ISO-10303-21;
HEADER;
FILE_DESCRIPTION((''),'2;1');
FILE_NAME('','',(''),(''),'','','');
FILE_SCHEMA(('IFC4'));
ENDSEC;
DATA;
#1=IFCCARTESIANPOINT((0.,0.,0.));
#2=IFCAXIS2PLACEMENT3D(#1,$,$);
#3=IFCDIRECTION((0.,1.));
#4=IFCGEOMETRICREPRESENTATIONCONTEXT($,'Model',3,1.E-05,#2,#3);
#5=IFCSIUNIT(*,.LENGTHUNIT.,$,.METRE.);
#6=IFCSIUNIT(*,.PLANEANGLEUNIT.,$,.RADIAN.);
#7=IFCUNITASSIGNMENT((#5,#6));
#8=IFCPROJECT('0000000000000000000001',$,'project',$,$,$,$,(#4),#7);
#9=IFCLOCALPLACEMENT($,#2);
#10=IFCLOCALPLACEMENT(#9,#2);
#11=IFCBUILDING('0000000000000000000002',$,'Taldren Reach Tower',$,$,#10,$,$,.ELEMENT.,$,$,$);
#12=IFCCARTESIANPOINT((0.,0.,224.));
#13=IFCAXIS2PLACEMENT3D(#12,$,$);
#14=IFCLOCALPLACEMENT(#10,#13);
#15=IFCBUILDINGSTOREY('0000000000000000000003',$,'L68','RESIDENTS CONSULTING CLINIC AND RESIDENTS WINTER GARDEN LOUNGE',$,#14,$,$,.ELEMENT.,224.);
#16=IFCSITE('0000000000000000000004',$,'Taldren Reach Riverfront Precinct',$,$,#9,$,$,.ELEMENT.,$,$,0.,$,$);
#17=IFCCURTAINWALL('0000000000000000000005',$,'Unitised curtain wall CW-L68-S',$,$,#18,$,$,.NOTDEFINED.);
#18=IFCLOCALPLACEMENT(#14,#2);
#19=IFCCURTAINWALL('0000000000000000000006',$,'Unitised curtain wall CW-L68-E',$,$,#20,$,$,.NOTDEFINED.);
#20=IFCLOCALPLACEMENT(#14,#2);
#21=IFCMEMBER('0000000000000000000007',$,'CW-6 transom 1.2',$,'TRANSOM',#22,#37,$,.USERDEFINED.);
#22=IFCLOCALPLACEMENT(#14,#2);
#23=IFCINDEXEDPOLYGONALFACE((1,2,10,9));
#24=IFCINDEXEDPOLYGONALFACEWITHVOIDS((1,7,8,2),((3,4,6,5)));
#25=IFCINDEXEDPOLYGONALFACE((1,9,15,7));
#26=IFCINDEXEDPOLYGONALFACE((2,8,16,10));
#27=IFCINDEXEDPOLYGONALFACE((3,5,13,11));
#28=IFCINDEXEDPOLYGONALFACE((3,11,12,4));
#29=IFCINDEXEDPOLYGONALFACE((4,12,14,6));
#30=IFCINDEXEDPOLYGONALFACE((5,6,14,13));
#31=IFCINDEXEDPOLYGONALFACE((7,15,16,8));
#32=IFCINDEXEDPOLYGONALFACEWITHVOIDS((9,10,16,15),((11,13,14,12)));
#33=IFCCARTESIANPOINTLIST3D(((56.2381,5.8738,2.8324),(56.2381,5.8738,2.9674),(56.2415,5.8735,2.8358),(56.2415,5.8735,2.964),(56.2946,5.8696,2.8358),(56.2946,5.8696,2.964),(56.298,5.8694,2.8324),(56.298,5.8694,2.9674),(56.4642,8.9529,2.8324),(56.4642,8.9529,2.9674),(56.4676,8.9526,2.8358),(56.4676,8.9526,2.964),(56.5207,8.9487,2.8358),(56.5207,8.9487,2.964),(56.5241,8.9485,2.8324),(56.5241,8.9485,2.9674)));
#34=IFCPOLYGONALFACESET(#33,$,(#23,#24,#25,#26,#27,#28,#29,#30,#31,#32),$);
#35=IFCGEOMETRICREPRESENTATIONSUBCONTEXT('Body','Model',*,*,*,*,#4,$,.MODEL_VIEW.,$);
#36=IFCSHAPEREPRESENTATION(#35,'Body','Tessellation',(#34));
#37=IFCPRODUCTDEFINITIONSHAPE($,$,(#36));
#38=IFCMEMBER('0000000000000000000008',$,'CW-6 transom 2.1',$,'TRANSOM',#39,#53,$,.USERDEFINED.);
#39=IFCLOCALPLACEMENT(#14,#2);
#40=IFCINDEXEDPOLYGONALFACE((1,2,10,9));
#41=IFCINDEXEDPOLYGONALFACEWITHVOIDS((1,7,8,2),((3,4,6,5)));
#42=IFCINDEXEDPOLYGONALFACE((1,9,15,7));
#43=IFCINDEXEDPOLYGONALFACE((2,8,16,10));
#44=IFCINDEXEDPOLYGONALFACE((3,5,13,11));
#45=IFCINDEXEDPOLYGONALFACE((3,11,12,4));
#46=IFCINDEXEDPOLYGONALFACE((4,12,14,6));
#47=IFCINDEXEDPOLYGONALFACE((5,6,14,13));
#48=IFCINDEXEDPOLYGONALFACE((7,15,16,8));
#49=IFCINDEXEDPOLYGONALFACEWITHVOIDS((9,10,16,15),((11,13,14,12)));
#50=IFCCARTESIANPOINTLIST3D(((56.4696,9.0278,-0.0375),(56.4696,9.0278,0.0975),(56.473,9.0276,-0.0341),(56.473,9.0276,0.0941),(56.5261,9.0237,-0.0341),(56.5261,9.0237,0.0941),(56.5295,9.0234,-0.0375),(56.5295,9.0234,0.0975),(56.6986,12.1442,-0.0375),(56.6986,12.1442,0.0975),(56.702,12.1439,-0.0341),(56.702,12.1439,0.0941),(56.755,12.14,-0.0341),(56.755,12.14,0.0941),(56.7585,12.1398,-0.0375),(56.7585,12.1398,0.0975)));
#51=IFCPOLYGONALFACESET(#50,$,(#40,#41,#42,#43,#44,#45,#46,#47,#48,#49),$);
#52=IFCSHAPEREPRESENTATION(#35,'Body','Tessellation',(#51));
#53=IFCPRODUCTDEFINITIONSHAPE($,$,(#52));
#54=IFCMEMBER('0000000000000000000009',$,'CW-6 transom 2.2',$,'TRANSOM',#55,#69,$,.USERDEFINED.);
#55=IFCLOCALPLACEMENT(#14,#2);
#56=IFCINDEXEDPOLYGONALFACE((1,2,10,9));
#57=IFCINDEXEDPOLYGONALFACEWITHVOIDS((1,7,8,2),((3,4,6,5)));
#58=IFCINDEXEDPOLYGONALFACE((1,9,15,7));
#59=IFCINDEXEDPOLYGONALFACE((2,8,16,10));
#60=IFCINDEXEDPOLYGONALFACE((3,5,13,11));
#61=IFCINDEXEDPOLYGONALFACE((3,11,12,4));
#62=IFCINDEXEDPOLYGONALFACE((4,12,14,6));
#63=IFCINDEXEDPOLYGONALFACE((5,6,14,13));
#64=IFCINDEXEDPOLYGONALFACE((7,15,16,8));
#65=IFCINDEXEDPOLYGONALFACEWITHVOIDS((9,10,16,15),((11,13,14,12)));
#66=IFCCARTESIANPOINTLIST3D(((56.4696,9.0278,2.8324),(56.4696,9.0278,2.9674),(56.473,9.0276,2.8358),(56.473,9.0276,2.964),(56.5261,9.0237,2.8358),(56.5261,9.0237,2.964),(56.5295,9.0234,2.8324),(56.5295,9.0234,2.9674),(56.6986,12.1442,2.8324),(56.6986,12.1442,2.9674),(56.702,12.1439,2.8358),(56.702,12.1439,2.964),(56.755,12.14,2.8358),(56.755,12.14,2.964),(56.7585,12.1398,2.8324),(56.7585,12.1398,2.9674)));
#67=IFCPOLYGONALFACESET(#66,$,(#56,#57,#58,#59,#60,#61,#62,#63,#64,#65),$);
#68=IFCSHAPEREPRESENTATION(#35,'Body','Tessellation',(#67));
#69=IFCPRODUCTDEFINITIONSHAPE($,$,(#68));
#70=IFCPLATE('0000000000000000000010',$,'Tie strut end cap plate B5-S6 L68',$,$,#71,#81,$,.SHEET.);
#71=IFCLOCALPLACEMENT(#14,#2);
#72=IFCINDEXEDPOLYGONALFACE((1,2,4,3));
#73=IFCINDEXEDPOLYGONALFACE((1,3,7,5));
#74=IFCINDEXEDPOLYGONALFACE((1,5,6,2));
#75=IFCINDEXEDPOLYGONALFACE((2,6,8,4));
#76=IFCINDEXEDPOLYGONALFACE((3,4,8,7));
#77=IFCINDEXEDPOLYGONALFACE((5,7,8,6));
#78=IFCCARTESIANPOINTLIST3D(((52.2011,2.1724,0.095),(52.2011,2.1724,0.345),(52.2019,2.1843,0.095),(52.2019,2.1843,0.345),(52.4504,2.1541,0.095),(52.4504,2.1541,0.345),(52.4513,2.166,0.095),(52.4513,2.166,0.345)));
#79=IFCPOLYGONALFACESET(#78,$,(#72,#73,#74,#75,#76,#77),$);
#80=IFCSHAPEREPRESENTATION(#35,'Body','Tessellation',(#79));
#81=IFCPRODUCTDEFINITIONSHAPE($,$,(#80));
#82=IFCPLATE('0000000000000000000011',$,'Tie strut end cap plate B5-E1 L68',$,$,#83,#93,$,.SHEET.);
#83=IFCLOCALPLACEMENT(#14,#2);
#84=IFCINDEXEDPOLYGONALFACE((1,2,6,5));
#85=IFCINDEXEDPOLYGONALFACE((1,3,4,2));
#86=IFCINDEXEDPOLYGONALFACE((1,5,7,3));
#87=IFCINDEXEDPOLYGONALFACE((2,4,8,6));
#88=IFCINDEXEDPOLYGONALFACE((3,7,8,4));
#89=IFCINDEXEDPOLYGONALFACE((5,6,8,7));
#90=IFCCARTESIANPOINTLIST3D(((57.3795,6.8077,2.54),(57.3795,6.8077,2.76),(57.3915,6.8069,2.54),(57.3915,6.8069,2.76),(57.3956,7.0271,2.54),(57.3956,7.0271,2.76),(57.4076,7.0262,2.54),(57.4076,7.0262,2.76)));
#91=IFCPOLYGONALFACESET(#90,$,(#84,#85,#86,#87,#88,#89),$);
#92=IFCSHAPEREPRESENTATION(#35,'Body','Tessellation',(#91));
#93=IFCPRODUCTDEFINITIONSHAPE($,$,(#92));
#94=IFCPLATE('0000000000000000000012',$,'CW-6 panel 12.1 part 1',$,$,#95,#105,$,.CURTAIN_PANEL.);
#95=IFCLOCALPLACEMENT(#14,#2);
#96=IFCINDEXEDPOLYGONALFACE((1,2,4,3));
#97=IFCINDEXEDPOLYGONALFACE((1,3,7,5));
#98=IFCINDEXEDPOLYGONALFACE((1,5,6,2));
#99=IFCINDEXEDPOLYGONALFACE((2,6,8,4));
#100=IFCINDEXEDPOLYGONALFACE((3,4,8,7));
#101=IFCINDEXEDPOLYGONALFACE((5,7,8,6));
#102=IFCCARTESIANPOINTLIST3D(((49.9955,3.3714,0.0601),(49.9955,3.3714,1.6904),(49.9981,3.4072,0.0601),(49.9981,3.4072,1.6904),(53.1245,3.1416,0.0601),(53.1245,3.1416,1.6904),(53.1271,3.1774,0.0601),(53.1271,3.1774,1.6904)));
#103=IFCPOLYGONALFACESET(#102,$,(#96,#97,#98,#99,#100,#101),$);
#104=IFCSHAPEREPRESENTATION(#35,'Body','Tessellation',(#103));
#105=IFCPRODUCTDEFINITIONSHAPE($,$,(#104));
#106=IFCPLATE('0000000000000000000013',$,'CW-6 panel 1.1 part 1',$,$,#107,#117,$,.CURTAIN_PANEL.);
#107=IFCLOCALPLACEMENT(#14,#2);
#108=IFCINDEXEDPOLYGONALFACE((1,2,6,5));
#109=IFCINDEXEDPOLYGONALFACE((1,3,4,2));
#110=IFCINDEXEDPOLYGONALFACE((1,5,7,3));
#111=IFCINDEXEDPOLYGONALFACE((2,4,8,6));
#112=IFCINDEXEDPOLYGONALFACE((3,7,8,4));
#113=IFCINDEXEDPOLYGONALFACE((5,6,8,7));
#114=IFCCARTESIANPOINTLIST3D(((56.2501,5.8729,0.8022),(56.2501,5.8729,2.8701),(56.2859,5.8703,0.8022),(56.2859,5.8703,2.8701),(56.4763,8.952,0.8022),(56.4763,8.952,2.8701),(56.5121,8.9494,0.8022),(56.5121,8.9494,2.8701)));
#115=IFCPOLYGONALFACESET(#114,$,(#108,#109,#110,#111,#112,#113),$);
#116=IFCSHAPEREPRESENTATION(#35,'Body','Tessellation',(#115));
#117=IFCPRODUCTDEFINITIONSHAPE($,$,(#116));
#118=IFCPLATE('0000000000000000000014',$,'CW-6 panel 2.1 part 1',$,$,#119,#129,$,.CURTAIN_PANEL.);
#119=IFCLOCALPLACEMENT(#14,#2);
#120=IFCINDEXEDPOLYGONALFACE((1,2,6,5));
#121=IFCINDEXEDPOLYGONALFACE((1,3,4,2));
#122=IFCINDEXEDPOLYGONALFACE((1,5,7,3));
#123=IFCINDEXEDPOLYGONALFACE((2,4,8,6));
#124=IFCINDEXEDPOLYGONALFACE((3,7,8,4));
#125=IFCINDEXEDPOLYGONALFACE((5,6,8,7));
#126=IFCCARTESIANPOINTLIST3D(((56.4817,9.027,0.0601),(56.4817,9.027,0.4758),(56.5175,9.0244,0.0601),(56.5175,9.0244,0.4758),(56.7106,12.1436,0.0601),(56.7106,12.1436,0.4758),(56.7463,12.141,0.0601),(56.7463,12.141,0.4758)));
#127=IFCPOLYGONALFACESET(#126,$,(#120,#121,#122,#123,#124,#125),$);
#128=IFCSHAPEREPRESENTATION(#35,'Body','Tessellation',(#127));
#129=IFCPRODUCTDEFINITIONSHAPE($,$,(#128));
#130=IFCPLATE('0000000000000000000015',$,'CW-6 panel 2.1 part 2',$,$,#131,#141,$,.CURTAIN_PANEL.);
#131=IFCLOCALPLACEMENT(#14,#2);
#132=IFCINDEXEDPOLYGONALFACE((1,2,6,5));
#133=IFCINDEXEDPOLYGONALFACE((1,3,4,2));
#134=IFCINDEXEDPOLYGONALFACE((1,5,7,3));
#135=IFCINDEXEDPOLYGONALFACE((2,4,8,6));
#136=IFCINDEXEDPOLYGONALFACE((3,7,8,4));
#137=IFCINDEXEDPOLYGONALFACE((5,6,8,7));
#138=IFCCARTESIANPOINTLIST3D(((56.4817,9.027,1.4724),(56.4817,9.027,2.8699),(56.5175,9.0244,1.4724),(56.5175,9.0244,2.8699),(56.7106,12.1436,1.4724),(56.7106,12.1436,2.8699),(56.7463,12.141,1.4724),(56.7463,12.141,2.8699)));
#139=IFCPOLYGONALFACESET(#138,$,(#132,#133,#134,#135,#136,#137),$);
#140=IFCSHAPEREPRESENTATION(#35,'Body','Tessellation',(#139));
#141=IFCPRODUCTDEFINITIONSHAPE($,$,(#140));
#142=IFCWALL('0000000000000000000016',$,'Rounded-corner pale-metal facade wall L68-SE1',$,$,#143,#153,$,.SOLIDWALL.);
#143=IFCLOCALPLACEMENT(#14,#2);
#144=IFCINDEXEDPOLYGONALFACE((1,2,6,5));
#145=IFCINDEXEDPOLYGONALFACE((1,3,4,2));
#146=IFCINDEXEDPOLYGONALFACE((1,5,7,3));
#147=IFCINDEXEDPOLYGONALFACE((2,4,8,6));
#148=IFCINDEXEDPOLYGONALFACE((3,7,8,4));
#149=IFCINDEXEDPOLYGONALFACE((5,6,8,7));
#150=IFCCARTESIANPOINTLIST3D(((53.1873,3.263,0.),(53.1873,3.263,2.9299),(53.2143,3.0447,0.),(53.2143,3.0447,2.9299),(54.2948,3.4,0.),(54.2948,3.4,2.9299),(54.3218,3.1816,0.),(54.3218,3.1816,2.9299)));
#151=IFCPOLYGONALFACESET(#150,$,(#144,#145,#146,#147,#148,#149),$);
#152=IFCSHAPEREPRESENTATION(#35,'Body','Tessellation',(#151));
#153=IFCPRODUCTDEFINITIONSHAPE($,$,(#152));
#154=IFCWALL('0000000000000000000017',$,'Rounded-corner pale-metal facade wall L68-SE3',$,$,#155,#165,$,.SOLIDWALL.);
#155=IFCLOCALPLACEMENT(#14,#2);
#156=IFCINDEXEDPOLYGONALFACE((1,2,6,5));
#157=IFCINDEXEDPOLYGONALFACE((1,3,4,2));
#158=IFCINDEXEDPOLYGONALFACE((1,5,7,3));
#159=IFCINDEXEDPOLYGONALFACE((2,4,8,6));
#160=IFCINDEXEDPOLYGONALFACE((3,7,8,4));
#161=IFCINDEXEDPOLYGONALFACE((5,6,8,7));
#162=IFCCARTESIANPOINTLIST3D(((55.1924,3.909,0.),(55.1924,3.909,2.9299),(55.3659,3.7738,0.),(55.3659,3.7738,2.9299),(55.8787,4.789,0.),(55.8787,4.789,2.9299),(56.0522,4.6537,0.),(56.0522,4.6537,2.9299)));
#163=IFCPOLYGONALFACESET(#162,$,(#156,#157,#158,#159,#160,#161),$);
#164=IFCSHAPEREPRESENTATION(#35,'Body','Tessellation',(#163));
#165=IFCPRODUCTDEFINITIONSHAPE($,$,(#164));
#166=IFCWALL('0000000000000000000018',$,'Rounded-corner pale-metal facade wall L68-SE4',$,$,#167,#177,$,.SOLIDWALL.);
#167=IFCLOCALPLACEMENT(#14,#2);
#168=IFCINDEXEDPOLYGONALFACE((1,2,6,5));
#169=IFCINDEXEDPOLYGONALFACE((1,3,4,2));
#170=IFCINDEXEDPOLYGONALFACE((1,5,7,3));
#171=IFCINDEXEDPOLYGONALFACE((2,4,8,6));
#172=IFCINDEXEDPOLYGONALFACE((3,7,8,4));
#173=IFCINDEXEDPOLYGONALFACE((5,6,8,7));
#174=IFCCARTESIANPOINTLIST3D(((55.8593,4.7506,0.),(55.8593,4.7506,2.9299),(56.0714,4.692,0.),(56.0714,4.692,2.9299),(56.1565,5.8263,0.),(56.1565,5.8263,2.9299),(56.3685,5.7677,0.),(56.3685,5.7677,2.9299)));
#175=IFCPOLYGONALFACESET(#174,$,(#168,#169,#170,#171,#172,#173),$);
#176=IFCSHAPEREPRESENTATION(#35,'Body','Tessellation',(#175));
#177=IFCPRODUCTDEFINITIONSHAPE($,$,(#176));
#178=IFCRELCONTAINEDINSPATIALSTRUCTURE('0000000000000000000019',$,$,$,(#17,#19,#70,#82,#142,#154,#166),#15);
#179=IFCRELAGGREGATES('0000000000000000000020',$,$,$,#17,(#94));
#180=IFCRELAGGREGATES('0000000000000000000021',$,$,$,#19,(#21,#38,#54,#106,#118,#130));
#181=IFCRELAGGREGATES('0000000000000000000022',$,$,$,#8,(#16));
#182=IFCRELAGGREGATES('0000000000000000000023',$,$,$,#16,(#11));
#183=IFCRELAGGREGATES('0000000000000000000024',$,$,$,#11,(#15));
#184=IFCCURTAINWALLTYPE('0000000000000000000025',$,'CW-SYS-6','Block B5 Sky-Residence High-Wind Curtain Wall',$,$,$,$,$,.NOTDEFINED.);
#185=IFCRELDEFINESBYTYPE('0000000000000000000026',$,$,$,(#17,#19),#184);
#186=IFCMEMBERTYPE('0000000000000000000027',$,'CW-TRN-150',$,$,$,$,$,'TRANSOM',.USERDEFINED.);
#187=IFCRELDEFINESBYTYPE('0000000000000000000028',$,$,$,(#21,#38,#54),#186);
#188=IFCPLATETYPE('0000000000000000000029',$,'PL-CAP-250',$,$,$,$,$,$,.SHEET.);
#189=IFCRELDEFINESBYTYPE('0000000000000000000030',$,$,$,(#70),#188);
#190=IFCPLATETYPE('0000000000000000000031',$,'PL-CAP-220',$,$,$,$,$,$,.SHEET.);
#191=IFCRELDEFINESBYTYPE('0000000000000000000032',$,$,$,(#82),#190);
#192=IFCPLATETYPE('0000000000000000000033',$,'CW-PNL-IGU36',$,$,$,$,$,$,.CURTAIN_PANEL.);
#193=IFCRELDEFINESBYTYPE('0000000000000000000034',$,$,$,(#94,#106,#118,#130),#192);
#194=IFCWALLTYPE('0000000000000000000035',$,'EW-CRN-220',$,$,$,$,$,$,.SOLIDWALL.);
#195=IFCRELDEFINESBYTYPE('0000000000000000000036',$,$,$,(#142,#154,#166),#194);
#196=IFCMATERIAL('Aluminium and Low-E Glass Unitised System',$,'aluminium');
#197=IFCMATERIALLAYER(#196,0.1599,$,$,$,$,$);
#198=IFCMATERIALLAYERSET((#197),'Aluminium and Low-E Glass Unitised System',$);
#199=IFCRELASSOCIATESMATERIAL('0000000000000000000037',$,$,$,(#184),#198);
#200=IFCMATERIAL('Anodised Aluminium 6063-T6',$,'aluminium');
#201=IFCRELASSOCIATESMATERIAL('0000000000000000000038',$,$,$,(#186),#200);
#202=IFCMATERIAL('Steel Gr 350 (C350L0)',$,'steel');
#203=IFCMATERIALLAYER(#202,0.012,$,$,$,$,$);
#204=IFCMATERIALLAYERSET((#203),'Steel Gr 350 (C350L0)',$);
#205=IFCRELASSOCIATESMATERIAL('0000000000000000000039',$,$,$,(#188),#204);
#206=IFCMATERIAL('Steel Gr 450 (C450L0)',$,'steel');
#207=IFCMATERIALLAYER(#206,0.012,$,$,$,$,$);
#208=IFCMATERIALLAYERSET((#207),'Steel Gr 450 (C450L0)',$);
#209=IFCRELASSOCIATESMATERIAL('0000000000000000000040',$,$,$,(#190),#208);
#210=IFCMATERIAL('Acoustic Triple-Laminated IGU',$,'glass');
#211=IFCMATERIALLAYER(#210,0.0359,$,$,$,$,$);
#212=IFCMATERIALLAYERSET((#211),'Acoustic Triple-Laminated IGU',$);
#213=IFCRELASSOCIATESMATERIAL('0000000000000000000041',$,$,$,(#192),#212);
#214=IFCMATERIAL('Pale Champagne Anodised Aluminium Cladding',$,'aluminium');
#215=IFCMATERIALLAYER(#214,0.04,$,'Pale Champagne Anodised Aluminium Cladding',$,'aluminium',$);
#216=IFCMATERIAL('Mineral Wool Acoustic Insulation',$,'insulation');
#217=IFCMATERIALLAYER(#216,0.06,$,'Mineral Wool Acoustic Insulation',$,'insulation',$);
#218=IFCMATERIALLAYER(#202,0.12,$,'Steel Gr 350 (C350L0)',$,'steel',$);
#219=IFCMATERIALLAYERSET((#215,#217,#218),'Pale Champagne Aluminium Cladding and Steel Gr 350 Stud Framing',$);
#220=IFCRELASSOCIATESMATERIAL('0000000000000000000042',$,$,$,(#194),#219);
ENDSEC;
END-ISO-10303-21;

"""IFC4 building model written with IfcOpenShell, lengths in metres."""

from ifc_helpers import new_model, si_unit, direction, frame, frame_2d, origin, origin_2d, place, context, subcontext, project, spatial, rectangle, hollow_rectangle, extrude, source, transform, mapped, material, layer, layer_set, material_profile, profile_set, type_object, element, aggregate, save


model = new_model("IFC4")

# Units and contexts
model_context = context("Model", 3, precision=1e-05, world=origin(), true_north=direction((0.0, 1.0)))
body_context = subcontext(model_context, "Body", "Model", "MODEL_VIEW")
ifc_project = project(units=[si_unit("LENGTHUNIT", "METRE"), si_unit("PLANEANGLEUNIT", "RADIAN")], contexts=[model_context])

# Site, building, storey
site_placement = place(None, origin())
site = spatial("IfcSite", under=ifc_project, at=site_placement, Name="Taldren Reach Riverfront Precinct", CompositionType="ELEMENT", RefElevation=0.0)
building_placement = place(site_placement, origin())
building = spatial("IfcBuilding", under=site, at=building_placement, Name="Taldren Reach Tower", CompositionType="ELEMENT")
storey_placement = place(building_placement, frame((0.0, 0.0, 224.0)))
storey = spatial("IfcBuildingStorey", under=building, at=storey_placement, Name="L68", Description="RESIDENTS CONSULTING CLINIC AND RESIDENTS WINTER GARDEN LOUNGE", CompositionType="ELEMENT", Elevation=224.0)

# Shared definitions
ifc_material_1 = material(Name="Steel Gr 350 (C350L0)", Category="steel")

# Shared definitions
ifc_material_2 = material(Name="Steel Gr 450 (C450L0)", Category="steel")

# Curtain wall
ifc_material_3 = material(Name="Aluminium and Low-E Glass Unitised System", Category="aluminium")
ifc_layer_1 = layer(ifc_material_3, 0.1599)
ifc_layer_set_1 = layer_set([ifc_layer_1], Name="Aluminium and Low-E Glass Unitised System")
curtain_wall_type = type_object("IfcCurtainWallType", Name="CW-SYS-6", Description="Block B5 Sky-Residence High-Wind Curtain Wall", PredefinedType="NOTDEFINED", material=ifc_layer_set_1)
curtain_wall_1_placement = place(storey_placement, origin())
curtain_wall_1 = element("IfcCurtainWall", 1, at=curtain_wall_1_placement, inside=storey, type_object=curtain_wall_type, Name="Unitised curtain wall CW-L68-S", PredefinedType="NOTDEFINED")
ifc_material_4 = material(Name="Anodised Aluminium 6063-T6", Category="aluminium")

# Curtain wall, members
curtain_wall_2_placement = place(storey_placement, origin())
curtain_wall_2 = element("IfcCurtainWall", 2, at=curtain_wall_2_placement, inside=storey, type_object=curtain_wall_type, Name="Unitised curtain wall CW-L68-E", PredefinedType="NOTDEFINED")
ifc_material_profile_1 = material_profile(ifc_material_4, hollow_rectangle(XDim=0.0601, YDim=0.135, WallThickness=0.0034, at=origin_2d()), Name="ALU-135x60x3.5RHS")
ifc_profile_set_1 = profile_set([ifc_material_profile_1], Name="Anodised Aluminium 6063-T6")
member_type_1 = type_object("IfcMemberType", Name="CW-TRN-150", ElementType="TRANSOM", PredefinedType="USERDEFINED", material=ifc_profile_set_1)
shared_shape_1 = source(origin(), body_context, "Body", "SweptSolid", [
    extrude(hollow_rectangle(XDim=0.0601, YDim=0.135, WallThickness=0.0034, at=origin_2d()), origin(), (0.0, 0.0, 1.0), 3.0874),
])
member_1_placement = place(storey_placement, frame((56.2681, 5.8716, 2.8999), z_axis=(0.073225, 0.997315, 0.0), x_axis=(-0.997315, 0.073225, 0.0)))
member_1 = element("IfcMember", 3, at=member_1_placement, type_object=member_type_1, Name="CW-6 transom 1.2", ObjectType="TRANSOM", PredefinedType="USERDEFINED", context=body_context, shape_type="MappedRepresentation", body=[
    mapped(shared_shape_1, transform((0.0, 0.0, 0.0), scale=1.0)),
])
shared_shape_2 = source(origin(), body_context, "Body", "SweptSolid", [
    extrude(hollow_rectangle(XDim=0.0601, YDim=0.135, WallThickness=0.0034, at=origin_2d()), origin(), (0.0, 0.0, 1.0), 3.1248),
])
member_2_placement = place(storey_placement, frame((56.4995, 9.0256, 0.03), z_axis=(0.073285, 0.997311, 0.0), x_axis=(-0.997311, 0.073285, 0.0)))
member_2 = element("IfcMember", 4, at=member_2_placement, type_object=member_type_1, Name="CW-6 transom 2.1", ObjectType="TRANSOM", PredefinedType="USERDEFINED", context=body_context, shape_type="MappedRepresentation", body=[
    mapped(shared_shape_2, transform((0.0, 0.0, 0.0), scale=1.0)),
])
member_3_placement = place(storey_placement, frame((56.4995, 9.0256, 2.8999), z_axis=(0.073285, 0.997311, 0.0), x_axis=(-0.997311, 0.073285, 0.0)))
member_3 = element("IfcMember", 5, at=member_3_placement, type_object=member_type_1, Name="CW-6 transom 2.2", ObjectType="TRANSOM", PredefinedType="USERDEFINED", context=body_context, shape_type="MappedRepresentation", body=[
    mapped(shared_shape_2, transform((0.0, 0.0, 0.0), scale=1.0)),
])

# Plates
ifc_layer_2 = layer(ifc_material_1, 0.012)
ifc_layer_set_2 = layer_set([ifc_layer_2], Name="Steel Gr 350 (C350L0)")
plate_type_1 = type_object("IfcPlateType", Name="PL-CAP-250", PredefinedType="SHEET", material=ifc_layer_set_2)
shared_shape_3 = source(origin(), body_context, "Body", "SweptSolid", [
    extrude(rectangle(XDim=0.25, YDim=0.012, at=origin_2d()), origin(), (0.0, 0.0, 1.0), 0.25),
])
plate_1_placement = place(storey_placement, frame((52.3262, 2.1692, 0.095), z_axis=(0.0, 0.0, 1.0), x_axis=(0.997314, -0.073238, 0.0)))
element("IfcPlate", 6, at=plate_1_placement, inside=storey, type_object=plate_type_1, Name="Tie strut end cap plate B5-S6 L68", PredefinedType="SHEET", context=body_context, shape_type="MappedRepresentation", body=[
    mapped(shared_shape_3, transform((0.0, 0.0, 0.0), scale=1.0)),
])
ifc_layer_3 = layer(ifc_material_2, 0.012)
ifc_layer_set_3 = layer_set([ifc_layer_3], Name="Steel Gr 450 (C450L0)")
plate_type_2 = type_object("IfcPlateType", Name="PL-CAP-220", PredefinedType="SHEET", material=ifc_layer_set_3)
shared_shape_4 = source(origin(), body_context, "Body", "SweptSolid", [
    extrude(rectangle(XDim=0.012, YDim=0.22, at=origin_2d()), origin(), (0.0, 0.0, 1.0), 0.22),
])
plate_2_placement = place(storey_placement, frame((57.3936, 6.917, 2.54), z_axis=(0.0, 0.0, 1.0), x_axis=(0.997314, -0.073238, 0.0)))
element("IfcPlate", 7, at=plate_2_placement, inside=storey, type_object=plate_type_2, Name="Tie strut end cap plate B5-E1 L68", PredefinedType="SHEET", context=body_context, shape_type="MappedRepresentation", body=[
    mapped(shared_shape_4, transform((0.0, 0.0, 0.0), scale=1.0)),
])

# Plates
ifc_material_5 = material(Name="Acoustic Triple-Laminated IGU", Category="glass")
ifc_layer_4 = layer(ifc_material_5, 0.0359)
ifc_layer_set_4 = layer_set([ifc_layer_4], Name="Acoustic Triple-Laminated IGU")
plate_type_3 = type_object("IfcPlateType", Name="CW-PNL-IGU36", PredefinedType="CURTAIN_PANEL", material=ifc_layer_set_4)
shared_shape_5 = source(origin(), body_context, "Body", "SweptSolid", [
    extrude(rectangle(XDim=3.1375, YDim=0.0359, at=origin_2d()), origin(), (0.0, 0.0, 1.0), 1.6304),
])
plate_3_placement = place(storey_placement, frame((51.5613, 3.2744, 0.0601), z_axis=(0.0, 0.0, 1.0), x_axis=(0.997314, -0.073238, 0.0)))
plate_3 = element("IfcPlate", 8, at=plate_3_placement, type_object=plate_type_3, Name="CW-6 panel 12.1 part 1", PredefinedType="CURTAIN_PANEL", context=body_context, shape_type="MappedRepresentation", body=[
    mapped(shared_shape_5, transform((0.0, 0.0, 0.0), scale=1.0)),
])
aggregate(curtain_wall_1, [plate_3])
shared_shape_6 = source(origin(), body_context, "Body", "SweptSolid", [
    extrude(rectangle(XDim=3.0874, YDim=0.0359, at=origin_2d()), origin(), (0.0, 0.0, 1.0), 2.0679),
])
plate_4_placement = place(storey_placement, frame((56.3811, 7.4111, 0.8022), z_axis=(0.0, 0.0, 1.0), x_axis=(0.073238, 0.997314, 0.0)))
plate_4 = element("IfcPlate", 9, at=plate_4_placement, type_object=plate_type_3, Name="CW-6 panel 1.1 part 1", PredefinedType="CURTAIN_PANEL", context=body_context, shape_type="MappedRepresentation", body=[
    mapped(shared_shape_6, transform((0.0, 0.0, 0.0), scale=1.0)),
])
shared_shape_7 = source(origin(), body_context, "Body", "SweptSolid", [
    extrude(rectangle(XDim=3.125, YDim=0.0359, at=origin_2d()), origin(), (0.0, 0.0, 1.0), 0.4158),
])
plate_5_placement = place(storey_placement, frame((56.614, 10.584, 0.0601), z_axis=(0.0, 0.0, 1.0), x_axis=(0.073238, 0.997314, 0.0)))
plate_5 = element("IfcPlate", 10, at=plate_5_placement, type_object=plate_type_3, Name="CW-6 panel 2.1 part 1", PredefinedType="CURTAIN_PANEL", context=body_context, shape_type="MappedRepresentation", body=[
    mapped(shared_shape_7, transform((0.0, 0.0, 0.0), scale=1.0)),
])
shared_shape_8 = source(origin(), body_context, "Body", "SweptSolid", [
    extrude(rectangle(XDim=3.125, YDim=0.0359, at=origin_2d()), origin(), (0.0, 0.0, 1.0), 1.3975),
])
plate_6_placement = place(storey_placement, frame((56.614, 10.584, 1.4724), z_axis=(0.0, 0.0, 1.0), x_axis=(0.073238, 0.997314, 0.0)))
plate_6 = element("IfcPlate", 11, at=plate_6_placement, type_object=plate_type_3, Name="CW-6 panel 2.1 part 2", PredefinedType="CURTAIN_PANEL", context=body_context, shape_type="MappedRepresentation", body=[
    mapped(shared_shape_8, transform((0.0, 0.0, 0.0), scale=1.0)),
])
aggregate(curtain_wall_2, [member_1, member_2, member_3, plate_4, plate_5, plate_6])

# Walls
ifc_material_6 = material(Name="Pale Champagne Anodised Aluminium Cladding", Category="aluminium")
ifc_layer_5 = layer(ifc_material_6, 0.04, Name="Pale Champagne Anodised Aluminium Cladding", Category="aluminium")
ifc_material_7 = material(Name="Mineral Wool Acoustic Insulation", Category="insulation")
ifc_layer_6 = layer(ifc_material_7, 0.06, Name="Mineral Wool Acoustic Insulation", Category="insulation")
ifc_layer_7 = layer(ifc_material_1, 0.12, Name="Steel Gr 350 (C350L0)", Category="steel")
ifc_layer_set_5 = layer_set([ifc_layer_5, ifc_layer_6, ifc_layer_7], Name="Pale Champagne Aluminium Cladding and Steel Gr 350 Stud Framing")
wall_type = type_object("IfcWallType", Name="EW-CRN-220", PredefinedType="SOLIDWALL", material=ifc_layer_set_5)
shared_shape_9 = source(origin(), body_context, "Body", "SweptSolid", [
    extrude(rectangle(XDim=1.116, YDim=0.22, at=frame_2d((0.5581, 0.0))), origin(), (0.0, 0.0, 1.0), 2.9299),
])
for number, where, z_axis, x_axis, name in (
    (12, (53.2007, 3.1538, 0.0), (0.0, 0.0, 1.0), (0.992439, 0.122742, 0.0), "Rounded-corner pale-metal facade wall L68-SE1"),
    (13, (55.2791, 3.8413, 0.0), (0.0, 0.0, 1.0), (0.615015, 0.788515, 0.0), "Rounded-corner pale-metal facade wall L68-SE3"),
    (14, (55.9653, 4.7212, 0.0), (0.0, 0.0, 1.0), (0.266244, 0.963906, 0.0), "Rounded-corner pale-metal facade wall L68-SE4"),
):
    element("IfcWall", number, at=place(storey_placement, frame(where, z_axis=z_axis, x_axis=x_axis)), inside=storey, type_object=wall_type, Name=name, PredefinedType="SOLIDWALL", context=body_context, shape_type="MappedRepresentation", body=[
        mapped(shared_shape_9, transform((0.0, 0.0, 0.0), scale=1.0)),
    ])

save(model, "model.ifc")
